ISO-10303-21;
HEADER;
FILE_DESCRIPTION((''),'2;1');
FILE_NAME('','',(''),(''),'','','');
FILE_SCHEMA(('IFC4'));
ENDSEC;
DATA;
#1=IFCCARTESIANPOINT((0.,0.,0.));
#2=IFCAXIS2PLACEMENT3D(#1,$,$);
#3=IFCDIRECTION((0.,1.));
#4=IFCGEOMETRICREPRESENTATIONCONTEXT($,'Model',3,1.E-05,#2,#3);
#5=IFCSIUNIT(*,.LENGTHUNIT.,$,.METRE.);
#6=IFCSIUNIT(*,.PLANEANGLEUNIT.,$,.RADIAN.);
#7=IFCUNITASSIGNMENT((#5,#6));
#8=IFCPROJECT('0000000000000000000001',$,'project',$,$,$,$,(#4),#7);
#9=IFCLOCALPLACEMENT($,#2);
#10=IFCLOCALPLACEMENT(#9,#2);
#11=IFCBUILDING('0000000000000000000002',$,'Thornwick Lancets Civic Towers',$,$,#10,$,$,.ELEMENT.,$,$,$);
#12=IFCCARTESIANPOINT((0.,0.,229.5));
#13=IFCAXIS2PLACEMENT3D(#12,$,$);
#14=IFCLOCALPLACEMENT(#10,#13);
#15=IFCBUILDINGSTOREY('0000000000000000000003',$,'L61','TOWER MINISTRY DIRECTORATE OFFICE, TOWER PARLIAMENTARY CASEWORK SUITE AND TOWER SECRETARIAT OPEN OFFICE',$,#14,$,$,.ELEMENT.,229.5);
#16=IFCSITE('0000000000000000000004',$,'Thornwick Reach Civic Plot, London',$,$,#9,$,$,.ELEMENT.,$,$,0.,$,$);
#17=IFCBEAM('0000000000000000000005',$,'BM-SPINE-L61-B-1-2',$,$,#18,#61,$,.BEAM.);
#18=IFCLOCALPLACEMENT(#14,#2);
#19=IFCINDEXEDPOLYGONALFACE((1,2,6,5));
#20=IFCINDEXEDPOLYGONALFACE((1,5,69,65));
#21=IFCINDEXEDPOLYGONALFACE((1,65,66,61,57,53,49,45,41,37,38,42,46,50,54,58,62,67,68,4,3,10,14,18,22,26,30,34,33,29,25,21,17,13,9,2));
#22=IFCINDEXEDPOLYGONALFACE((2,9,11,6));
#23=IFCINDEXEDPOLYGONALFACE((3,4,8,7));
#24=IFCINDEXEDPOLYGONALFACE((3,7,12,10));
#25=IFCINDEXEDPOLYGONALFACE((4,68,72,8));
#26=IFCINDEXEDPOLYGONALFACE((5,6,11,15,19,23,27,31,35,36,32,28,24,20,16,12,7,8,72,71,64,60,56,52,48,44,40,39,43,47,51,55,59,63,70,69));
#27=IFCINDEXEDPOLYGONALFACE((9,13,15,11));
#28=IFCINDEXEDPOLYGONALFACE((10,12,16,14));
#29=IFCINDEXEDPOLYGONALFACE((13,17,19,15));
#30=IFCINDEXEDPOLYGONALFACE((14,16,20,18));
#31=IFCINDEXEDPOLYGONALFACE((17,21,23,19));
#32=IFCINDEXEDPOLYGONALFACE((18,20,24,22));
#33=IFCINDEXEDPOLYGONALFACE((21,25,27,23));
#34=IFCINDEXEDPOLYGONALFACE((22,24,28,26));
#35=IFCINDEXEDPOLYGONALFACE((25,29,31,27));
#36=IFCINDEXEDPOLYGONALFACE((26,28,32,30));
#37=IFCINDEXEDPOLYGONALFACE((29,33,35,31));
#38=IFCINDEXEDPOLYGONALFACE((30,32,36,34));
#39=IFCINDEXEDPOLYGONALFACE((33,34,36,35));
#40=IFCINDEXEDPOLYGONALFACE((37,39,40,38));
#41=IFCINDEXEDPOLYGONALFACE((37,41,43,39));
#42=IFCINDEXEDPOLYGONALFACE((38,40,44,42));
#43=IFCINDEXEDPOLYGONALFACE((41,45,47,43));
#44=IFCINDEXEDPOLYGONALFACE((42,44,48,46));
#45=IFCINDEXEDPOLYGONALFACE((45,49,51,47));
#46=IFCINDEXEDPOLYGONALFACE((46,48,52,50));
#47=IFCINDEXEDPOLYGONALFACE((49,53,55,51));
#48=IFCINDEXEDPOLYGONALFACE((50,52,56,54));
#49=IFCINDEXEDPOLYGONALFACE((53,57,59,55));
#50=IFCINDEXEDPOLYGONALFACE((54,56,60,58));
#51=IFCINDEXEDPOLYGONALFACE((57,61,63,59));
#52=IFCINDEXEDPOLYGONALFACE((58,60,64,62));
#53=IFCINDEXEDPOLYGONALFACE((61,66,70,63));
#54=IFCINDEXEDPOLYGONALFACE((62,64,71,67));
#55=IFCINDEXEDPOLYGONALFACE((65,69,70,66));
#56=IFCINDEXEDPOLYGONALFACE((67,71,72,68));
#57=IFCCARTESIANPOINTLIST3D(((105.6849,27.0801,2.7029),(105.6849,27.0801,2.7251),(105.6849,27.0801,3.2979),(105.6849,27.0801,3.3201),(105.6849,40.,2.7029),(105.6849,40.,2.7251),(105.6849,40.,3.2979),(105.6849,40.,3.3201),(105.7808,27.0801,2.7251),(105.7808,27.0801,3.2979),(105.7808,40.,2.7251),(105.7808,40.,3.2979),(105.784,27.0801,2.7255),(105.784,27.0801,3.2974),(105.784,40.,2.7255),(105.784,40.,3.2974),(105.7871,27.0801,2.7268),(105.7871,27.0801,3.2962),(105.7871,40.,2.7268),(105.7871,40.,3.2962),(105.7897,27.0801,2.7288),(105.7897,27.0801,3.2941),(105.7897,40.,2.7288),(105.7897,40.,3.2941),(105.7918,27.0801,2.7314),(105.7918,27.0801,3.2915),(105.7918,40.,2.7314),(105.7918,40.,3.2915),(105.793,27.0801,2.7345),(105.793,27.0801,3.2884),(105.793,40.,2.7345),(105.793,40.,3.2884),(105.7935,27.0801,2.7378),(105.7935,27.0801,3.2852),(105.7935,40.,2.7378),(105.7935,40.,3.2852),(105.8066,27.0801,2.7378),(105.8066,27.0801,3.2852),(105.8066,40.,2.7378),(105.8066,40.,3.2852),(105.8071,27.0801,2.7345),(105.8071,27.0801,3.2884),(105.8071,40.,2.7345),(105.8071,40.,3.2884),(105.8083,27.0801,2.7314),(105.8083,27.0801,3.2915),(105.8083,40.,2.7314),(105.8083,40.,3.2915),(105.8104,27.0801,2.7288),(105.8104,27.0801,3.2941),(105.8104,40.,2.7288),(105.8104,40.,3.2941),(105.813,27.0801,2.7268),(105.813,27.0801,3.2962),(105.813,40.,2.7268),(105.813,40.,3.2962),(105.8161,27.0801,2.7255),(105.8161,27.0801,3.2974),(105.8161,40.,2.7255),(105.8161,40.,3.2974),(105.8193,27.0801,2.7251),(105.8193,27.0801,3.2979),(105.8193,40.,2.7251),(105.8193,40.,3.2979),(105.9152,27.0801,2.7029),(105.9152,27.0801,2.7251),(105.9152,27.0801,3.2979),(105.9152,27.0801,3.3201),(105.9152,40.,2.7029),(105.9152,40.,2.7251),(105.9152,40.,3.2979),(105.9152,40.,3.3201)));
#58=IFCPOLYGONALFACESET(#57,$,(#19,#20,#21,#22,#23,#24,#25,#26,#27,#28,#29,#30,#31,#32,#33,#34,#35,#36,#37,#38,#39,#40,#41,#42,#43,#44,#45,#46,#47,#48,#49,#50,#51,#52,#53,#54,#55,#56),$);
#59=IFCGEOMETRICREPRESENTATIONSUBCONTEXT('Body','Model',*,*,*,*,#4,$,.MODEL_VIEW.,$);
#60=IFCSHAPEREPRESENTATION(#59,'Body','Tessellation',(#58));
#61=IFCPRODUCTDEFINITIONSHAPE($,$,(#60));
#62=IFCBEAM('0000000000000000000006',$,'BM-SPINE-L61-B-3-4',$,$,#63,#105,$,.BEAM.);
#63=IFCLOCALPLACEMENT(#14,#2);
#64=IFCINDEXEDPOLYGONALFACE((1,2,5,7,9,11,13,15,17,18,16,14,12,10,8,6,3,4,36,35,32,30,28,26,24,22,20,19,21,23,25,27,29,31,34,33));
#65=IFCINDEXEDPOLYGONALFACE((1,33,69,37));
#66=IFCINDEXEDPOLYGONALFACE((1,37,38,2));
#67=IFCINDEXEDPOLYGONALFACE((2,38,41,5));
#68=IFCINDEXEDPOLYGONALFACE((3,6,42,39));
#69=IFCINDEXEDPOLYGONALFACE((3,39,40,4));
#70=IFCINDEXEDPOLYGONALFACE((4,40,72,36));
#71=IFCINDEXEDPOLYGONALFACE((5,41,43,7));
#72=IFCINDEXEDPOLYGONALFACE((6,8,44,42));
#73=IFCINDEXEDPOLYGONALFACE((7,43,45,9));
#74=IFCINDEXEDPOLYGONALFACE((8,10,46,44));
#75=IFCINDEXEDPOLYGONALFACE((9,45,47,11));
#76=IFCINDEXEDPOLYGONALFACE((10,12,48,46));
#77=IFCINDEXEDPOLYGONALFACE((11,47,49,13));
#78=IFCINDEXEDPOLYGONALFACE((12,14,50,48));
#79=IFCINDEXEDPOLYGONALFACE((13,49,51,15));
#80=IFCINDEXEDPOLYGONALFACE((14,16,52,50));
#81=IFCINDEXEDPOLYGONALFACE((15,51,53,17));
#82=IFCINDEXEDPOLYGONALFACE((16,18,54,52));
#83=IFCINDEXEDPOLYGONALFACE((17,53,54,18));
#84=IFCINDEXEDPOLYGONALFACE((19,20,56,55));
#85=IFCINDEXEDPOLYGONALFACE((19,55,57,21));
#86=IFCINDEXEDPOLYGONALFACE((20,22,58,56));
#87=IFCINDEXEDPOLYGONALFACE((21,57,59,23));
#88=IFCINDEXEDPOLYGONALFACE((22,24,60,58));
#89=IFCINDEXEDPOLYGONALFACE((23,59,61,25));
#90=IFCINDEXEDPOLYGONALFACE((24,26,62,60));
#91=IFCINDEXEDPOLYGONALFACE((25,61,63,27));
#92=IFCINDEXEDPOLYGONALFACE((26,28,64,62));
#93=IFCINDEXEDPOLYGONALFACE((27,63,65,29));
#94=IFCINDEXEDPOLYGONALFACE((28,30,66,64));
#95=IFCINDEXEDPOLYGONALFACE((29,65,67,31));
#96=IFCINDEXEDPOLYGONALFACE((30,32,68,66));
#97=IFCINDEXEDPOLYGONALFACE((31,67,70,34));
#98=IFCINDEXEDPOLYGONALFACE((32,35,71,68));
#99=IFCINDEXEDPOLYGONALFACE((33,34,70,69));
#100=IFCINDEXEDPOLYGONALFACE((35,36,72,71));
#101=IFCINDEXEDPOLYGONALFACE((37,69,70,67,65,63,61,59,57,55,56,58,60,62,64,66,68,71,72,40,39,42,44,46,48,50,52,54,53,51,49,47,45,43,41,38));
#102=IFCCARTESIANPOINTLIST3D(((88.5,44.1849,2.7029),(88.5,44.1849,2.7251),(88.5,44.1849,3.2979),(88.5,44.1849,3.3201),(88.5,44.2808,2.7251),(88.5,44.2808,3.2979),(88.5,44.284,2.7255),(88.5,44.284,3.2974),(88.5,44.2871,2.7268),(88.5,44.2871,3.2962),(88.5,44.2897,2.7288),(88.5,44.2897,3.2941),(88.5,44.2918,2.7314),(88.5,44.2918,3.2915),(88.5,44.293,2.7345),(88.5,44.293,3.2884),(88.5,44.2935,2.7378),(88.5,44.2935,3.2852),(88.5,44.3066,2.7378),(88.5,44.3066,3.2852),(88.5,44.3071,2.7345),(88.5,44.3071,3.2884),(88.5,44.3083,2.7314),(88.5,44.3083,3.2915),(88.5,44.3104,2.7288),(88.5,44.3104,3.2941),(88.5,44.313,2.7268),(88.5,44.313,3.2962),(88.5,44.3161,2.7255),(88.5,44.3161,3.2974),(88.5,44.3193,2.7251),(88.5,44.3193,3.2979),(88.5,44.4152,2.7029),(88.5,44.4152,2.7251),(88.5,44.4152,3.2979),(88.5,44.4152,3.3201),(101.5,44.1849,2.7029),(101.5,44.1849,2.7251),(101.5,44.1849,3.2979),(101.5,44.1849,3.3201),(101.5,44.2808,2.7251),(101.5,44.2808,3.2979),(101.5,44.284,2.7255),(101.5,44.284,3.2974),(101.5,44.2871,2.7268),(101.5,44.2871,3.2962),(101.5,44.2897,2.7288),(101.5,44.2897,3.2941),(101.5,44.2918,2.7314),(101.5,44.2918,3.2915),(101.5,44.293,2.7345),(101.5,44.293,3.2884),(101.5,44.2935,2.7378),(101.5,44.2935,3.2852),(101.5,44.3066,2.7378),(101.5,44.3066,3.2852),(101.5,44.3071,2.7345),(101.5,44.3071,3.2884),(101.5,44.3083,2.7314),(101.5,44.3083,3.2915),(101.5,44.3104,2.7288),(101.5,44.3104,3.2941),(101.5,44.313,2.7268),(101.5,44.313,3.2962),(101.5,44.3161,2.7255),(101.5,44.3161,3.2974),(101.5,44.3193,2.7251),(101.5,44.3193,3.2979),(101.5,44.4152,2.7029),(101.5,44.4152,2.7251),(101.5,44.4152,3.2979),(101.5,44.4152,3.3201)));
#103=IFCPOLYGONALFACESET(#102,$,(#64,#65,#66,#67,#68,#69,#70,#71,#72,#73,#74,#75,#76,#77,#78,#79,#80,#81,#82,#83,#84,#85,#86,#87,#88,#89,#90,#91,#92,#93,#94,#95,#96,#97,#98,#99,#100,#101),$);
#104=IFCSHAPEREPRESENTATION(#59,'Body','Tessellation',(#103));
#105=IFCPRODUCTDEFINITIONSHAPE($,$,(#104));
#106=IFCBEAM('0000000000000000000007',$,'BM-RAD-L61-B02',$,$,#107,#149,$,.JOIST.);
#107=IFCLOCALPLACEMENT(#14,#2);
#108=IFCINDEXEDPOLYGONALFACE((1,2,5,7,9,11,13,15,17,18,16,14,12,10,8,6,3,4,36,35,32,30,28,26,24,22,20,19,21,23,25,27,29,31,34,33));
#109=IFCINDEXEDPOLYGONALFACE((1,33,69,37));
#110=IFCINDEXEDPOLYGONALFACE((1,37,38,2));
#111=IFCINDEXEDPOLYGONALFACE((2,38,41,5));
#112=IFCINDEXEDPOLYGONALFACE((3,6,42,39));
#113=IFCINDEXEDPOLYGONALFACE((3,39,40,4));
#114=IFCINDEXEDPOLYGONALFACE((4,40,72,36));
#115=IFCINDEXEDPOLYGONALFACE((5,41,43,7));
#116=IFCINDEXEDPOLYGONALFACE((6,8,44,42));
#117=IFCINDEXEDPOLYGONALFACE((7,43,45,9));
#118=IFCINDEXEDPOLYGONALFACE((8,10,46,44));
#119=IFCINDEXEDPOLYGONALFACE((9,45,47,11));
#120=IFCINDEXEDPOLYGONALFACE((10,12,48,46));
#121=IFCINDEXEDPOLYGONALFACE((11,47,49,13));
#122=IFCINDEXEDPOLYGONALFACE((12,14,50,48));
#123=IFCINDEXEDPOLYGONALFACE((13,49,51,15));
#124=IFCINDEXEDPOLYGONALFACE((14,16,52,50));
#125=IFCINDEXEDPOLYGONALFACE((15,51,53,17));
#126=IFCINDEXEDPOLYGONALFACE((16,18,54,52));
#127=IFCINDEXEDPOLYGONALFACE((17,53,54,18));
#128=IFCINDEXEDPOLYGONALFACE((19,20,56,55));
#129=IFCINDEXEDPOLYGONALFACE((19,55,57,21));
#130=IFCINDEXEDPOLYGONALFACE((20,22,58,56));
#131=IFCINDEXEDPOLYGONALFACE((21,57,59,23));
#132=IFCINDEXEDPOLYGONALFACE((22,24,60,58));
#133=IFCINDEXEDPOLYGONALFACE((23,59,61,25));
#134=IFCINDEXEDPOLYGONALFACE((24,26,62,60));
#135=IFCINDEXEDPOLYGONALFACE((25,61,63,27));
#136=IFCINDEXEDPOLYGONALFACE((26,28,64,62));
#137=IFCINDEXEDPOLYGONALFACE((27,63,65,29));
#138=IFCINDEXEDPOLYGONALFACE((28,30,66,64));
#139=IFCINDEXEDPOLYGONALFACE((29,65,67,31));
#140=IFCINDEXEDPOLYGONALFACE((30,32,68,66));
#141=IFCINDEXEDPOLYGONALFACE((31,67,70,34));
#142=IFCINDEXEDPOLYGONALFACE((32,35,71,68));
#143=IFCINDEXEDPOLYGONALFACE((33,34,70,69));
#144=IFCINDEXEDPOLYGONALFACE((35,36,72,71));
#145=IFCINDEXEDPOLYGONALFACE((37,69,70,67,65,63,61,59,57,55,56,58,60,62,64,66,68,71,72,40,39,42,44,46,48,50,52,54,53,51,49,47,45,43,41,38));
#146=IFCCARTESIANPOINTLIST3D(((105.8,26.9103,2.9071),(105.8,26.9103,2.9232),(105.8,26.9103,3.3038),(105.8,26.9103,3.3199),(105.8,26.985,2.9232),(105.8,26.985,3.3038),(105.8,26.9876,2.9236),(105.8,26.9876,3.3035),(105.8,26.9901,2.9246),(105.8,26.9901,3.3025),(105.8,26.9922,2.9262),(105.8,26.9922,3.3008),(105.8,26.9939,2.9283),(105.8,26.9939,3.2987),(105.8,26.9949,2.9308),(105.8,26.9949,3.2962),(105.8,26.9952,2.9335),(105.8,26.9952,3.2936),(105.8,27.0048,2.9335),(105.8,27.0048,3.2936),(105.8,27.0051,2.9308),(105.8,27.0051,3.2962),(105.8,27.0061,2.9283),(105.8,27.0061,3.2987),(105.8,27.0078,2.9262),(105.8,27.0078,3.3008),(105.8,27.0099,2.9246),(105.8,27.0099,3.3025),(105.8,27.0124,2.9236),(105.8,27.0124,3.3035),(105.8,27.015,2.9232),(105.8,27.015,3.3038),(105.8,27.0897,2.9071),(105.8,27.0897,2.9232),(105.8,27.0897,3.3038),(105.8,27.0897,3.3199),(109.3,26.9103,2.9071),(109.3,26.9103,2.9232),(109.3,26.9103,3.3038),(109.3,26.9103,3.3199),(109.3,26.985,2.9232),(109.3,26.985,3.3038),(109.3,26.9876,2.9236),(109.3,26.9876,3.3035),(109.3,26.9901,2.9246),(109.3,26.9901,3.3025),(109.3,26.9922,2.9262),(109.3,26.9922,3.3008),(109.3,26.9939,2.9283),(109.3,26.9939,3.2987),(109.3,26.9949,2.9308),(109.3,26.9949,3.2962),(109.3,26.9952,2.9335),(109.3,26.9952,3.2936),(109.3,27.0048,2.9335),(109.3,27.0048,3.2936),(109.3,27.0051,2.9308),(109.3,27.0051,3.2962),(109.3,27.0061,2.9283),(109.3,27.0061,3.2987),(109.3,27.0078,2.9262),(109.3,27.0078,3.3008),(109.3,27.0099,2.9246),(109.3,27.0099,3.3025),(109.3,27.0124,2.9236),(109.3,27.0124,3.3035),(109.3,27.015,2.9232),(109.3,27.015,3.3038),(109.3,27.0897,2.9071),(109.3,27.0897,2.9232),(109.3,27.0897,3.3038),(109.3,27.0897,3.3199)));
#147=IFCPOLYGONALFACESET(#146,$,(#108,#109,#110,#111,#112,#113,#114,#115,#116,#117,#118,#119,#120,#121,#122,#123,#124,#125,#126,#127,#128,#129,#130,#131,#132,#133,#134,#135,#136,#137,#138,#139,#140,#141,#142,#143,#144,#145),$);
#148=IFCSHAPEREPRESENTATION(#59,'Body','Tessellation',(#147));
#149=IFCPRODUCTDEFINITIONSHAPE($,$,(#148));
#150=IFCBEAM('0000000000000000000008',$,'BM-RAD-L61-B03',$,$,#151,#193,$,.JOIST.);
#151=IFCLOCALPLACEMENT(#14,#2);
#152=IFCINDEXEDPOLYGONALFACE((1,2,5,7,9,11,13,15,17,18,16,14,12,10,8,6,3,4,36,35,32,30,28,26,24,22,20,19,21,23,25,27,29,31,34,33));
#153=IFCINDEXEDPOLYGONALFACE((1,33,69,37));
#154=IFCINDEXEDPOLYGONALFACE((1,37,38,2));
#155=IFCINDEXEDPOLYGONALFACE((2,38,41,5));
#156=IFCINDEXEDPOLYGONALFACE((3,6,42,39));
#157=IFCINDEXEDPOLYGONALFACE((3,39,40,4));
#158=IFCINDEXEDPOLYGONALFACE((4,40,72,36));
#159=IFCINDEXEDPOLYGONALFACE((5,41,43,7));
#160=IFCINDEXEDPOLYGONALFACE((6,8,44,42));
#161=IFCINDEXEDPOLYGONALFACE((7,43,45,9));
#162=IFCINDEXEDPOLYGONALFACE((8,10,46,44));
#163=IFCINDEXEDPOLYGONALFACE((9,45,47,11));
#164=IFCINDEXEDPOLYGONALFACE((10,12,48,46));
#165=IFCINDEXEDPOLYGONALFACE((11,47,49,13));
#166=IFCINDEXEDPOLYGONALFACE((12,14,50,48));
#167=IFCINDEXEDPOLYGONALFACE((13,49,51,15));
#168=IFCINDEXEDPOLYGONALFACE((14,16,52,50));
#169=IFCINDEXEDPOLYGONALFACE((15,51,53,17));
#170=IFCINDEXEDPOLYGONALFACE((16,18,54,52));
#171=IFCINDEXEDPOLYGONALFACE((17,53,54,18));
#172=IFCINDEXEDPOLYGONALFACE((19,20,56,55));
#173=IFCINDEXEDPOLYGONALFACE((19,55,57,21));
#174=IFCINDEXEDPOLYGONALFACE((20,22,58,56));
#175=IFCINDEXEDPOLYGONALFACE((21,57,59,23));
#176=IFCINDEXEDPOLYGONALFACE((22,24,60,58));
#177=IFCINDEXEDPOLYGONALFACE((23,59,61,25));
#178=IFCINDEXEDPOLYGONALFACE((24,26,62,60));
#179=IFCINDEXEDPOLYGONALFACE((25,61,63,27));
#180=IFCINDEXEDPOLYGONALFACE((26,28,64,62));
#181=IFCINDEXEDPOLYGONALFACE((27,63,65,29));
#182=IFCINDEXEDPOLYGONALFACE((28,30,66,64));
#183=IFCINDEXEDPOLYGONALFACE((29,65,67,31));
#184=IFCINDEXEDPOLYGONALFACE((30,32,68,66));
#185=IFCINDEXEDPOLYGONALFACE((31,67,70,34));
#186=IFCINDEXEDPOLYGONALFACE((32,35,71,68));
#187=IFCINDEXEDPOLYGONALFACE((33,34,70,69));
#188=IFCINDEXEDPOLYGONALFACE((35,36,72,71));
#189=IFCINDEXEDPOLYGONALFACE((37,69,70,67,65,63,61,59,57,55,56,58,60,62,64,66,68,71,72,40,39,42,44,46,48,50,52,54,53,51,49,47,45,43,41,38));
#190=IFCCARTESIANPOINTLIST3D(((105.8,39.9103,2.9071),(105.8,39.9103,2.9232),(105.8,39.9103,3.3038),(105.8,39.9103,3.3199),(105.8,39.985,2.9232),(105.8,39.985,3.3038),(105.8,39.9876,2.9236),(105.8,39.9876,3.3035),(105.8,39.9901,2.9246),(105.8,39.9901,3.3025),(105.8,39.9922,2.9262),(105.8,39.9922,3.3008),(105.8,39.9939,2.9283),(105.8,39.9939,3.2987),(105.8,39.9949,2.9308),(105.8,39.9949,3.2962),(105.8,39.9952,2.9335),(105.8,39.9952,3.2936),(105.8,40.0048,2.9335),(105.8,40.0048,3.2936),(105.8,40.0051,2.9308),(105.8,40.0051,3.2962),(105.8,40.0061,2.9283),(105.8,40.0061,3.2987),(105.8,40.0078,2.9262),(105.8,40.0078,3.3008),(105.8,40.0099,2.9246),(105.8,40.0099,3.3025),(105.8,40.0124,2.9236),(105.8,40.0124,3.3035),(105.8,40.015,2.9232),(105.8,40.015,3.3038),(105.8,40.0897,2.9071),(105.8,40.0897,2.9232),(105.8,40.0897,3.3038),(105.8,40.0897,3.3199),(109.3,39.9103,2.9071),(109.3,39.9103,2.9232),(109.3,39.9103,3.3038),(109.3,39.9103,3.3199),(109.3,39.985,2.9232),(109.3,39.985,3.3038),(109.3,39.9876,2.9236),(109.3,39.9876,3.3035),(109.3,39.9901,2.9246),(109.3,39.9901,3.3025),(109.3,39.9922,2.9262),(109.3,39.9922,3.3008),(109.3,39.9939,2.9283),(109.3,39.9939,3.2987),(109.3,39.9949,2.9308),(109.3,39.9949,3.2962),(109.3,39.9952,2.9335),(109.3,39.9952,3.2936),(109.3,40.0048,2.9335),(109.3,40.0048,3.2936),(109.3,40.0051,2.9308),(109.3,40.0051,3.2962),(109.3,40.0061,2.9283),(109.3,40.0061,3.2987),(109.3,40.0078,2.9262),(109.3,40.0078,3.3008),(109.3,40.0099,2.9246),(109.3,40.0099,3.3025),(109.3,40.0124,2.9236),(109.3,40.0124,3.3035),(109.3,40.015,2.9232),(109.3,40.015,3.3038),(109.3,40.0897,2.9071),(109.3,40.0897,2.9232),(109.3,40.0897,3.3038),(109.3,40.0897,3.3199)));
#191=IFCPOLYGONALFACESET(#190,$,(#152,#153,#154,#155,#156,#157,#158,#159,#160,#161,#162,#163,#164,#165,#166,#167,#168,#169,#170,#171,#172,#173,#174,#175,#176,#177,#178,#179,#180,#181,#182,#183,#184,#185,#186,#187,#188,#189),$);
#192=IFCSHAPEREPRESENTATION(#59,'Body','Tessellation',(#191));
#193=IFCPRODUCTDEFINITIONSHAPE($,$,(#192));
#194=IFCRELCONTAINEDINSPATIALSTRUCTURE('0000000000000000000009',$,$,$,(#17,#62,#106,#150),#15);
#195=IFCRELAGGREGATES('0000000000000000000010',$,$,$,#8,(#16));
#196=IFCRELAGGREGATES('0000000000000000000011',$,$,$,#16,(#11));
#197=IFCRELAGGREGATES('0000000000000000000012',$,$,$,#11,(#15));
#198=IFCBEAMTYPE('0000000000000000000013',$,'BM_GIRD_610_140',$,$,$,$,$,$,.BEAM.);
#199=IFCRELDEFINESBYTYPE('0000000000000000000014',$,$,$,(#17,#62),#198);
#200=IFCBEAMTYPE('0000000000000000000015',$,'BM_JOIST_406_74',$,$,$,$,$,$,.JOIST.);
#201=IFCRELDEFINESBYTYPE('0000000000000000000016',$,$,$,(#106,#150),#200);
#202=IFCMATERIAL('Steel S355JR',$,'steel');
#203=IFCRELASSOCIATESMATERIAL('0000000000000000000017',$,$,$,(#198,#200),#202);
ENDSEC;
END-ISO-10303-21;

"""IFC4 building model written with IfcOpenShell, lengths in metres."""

from ifc_helpers import new_model, si_unit, direction, frame, origin, origin_2d, place, context, subcontext, project, spatial, i_section, extrude, material, material_profile, profile_set, type_object, element, save


model = new_model("IFC4")

# Units and contexts
model_context = context("Model", 3, precision=1e-05, world=origin(), true_north=direction((0.0, 1.0)))
body_context = subcontext(model_context, "Body", "Model", "MODEL_VIEW")
ifc_project = project(units=[si_unit("LENGTHUNIT", "METRE"), si_unit("PLANEANGLEUNIT", "RADIAN")], contexts=[model_context])

# Site, building, storey
site_placement = place(None, origin())
site = spatial("IfcSite", under=ifc_project, at=site_placement, Name="Thornwick Reach Civic Plot, London", CompositionType="ELEMENT", RefElevation=0.0)
building_placement = place(site_placement, origin())
building = spatial("IfcBuilding", under=site, at=building_placement, Name="Thornwick Lancets Civic Towers", CompositionType="ELEMENT")
storey_placement = place(building_placement, frame((0.0, 0.0, 229.5)))
storey = spatial("IfcBuildingStorey", under=building, at=storey_placement, Name="L61", Description="TOWER MINISTRY DIRECTORATE OFFICE, TOWER PARLIAMENTARY CASEWORK SUITE AND TOWER SECRETARIAT OPEN OFFICE", CompositionType="ELEMENT", Elevation=229.5)

# Shared definitions
ifc_material_1 = material(Name="Steel S355JR", Category="steel")

# Beams
ifc_material_profile_1 = material_profile(ifc_material_1, i_section(OverallWidth=0.2302, OverallDepth=0.6172, WebThickness=0.0132, FlangeThickness=0.0222, FilletRadius=0.0127, at=origin_2d()), Name="UKB 610x229x140")
ifc_profile_set_1 = profile_set([ifc_material_profile_1], Name="Steel S355JR")
beam_type_1 = type_object("IfcBeamType", Name="BM_GIRD_610_140", PredefinedType="BEAM", material=ifc_profile_set_1)
beam_1_placement = place(storey_placement, frame((105.8, 27.0801, 3.0115), z_axis=(0.0, 1.0, 0.0), x_axis=(-1.0, 0.0, 0.0)))
element("IfcBeam", 1, at=beam_1_placement, inside=storey, type_object=beam_type_1, Name="BM-SPINE-L61-B-1-2", PredefinedType="BEAM", context=body_context, shape_type="SweptSolid", body=[
    extrude(i_section(OverallWidth=0.2302, OverallDepth=0.6172, WebThickness=0.0132, FlangeThickness=0.0222, FilletRadius=0.0127, at=origin_2d()), origin(), (0.0, 0.0, 1.0), 12.9199),
])
beam_2_placement = place(storey_placement, frame((101.5, 44.3, 3.0115), z_axis=(-1.0, 0.0, 0.0), x_axis=(0.0, -1.0, 0.0)))
element("IfcBeam", 2, at=beam_2_placement, inside=storey, type_object=beam_type_1, Name="BM-SPINE-L61-B-3-4", PredefinedType="BEAM", context=body_context, shape_type="SweptSolid", body=[
    extrude(i_section(OverallWidth=0.2302, OverallDepth=0.6172, WebThickness=0.0132, FlangeThickness=0.0222, FilletRadius=0.0127, at=origin_2d()), origin(), (0.0, 0.0, 1.0), 13.0),
])
ifc_material_profile_2 = material_profile(ifc_material_1, i_section(OverallWidth=0.1794, OverallDepth=0.4128, WebThickness=0.0095, FlangeThickness=0.0161, FilletRadius=0.0103, at=origin_2d()), Name="UKB 406x178x74")
ifc_profile_set_2 = profile_set([ifc_material_profile_2], Name="Steel S355JR")
beam_type_2 = type_object("IfcBeamType", Name="BM_JOIST_406_74", PredefinedType="JOIST", material=ifc_profile_set_2)
for number, where, z_axis, x_axis, name in (
    (3, (105.8, 27.0, 3.1135), (1.0, 0.0, 0.0), (0.0, 1.0, 0.0), "BM-RAD-L61-B02"),
    (4, (105.8, 40.0, 3.1135), (1.0, 0.0, 0.0), (0.0, 1.0, 0.0), "BM-RAD-L61-B03"),
):
    element("IfcBeam", number, at=place(storey_placement, frame(where, z_axis=z_axis, x_axis=x_axis)), inside=storey, type_object=beam_type_2, Name=name, PredefinedType="JOIST", context=body_context, shape_type="SweptSolid", body=[
        extrude(i_section(OverallWidth=0.1794, OverallDepth=0.4128, WebThickness=0.0095, FlangeThickness=0.0161, FilletRadius=0.0103, at=origin_2d()), origin(), (0.0, 0.0, 1.0), 3.5),
    ])

save(model, "model.ifc")
